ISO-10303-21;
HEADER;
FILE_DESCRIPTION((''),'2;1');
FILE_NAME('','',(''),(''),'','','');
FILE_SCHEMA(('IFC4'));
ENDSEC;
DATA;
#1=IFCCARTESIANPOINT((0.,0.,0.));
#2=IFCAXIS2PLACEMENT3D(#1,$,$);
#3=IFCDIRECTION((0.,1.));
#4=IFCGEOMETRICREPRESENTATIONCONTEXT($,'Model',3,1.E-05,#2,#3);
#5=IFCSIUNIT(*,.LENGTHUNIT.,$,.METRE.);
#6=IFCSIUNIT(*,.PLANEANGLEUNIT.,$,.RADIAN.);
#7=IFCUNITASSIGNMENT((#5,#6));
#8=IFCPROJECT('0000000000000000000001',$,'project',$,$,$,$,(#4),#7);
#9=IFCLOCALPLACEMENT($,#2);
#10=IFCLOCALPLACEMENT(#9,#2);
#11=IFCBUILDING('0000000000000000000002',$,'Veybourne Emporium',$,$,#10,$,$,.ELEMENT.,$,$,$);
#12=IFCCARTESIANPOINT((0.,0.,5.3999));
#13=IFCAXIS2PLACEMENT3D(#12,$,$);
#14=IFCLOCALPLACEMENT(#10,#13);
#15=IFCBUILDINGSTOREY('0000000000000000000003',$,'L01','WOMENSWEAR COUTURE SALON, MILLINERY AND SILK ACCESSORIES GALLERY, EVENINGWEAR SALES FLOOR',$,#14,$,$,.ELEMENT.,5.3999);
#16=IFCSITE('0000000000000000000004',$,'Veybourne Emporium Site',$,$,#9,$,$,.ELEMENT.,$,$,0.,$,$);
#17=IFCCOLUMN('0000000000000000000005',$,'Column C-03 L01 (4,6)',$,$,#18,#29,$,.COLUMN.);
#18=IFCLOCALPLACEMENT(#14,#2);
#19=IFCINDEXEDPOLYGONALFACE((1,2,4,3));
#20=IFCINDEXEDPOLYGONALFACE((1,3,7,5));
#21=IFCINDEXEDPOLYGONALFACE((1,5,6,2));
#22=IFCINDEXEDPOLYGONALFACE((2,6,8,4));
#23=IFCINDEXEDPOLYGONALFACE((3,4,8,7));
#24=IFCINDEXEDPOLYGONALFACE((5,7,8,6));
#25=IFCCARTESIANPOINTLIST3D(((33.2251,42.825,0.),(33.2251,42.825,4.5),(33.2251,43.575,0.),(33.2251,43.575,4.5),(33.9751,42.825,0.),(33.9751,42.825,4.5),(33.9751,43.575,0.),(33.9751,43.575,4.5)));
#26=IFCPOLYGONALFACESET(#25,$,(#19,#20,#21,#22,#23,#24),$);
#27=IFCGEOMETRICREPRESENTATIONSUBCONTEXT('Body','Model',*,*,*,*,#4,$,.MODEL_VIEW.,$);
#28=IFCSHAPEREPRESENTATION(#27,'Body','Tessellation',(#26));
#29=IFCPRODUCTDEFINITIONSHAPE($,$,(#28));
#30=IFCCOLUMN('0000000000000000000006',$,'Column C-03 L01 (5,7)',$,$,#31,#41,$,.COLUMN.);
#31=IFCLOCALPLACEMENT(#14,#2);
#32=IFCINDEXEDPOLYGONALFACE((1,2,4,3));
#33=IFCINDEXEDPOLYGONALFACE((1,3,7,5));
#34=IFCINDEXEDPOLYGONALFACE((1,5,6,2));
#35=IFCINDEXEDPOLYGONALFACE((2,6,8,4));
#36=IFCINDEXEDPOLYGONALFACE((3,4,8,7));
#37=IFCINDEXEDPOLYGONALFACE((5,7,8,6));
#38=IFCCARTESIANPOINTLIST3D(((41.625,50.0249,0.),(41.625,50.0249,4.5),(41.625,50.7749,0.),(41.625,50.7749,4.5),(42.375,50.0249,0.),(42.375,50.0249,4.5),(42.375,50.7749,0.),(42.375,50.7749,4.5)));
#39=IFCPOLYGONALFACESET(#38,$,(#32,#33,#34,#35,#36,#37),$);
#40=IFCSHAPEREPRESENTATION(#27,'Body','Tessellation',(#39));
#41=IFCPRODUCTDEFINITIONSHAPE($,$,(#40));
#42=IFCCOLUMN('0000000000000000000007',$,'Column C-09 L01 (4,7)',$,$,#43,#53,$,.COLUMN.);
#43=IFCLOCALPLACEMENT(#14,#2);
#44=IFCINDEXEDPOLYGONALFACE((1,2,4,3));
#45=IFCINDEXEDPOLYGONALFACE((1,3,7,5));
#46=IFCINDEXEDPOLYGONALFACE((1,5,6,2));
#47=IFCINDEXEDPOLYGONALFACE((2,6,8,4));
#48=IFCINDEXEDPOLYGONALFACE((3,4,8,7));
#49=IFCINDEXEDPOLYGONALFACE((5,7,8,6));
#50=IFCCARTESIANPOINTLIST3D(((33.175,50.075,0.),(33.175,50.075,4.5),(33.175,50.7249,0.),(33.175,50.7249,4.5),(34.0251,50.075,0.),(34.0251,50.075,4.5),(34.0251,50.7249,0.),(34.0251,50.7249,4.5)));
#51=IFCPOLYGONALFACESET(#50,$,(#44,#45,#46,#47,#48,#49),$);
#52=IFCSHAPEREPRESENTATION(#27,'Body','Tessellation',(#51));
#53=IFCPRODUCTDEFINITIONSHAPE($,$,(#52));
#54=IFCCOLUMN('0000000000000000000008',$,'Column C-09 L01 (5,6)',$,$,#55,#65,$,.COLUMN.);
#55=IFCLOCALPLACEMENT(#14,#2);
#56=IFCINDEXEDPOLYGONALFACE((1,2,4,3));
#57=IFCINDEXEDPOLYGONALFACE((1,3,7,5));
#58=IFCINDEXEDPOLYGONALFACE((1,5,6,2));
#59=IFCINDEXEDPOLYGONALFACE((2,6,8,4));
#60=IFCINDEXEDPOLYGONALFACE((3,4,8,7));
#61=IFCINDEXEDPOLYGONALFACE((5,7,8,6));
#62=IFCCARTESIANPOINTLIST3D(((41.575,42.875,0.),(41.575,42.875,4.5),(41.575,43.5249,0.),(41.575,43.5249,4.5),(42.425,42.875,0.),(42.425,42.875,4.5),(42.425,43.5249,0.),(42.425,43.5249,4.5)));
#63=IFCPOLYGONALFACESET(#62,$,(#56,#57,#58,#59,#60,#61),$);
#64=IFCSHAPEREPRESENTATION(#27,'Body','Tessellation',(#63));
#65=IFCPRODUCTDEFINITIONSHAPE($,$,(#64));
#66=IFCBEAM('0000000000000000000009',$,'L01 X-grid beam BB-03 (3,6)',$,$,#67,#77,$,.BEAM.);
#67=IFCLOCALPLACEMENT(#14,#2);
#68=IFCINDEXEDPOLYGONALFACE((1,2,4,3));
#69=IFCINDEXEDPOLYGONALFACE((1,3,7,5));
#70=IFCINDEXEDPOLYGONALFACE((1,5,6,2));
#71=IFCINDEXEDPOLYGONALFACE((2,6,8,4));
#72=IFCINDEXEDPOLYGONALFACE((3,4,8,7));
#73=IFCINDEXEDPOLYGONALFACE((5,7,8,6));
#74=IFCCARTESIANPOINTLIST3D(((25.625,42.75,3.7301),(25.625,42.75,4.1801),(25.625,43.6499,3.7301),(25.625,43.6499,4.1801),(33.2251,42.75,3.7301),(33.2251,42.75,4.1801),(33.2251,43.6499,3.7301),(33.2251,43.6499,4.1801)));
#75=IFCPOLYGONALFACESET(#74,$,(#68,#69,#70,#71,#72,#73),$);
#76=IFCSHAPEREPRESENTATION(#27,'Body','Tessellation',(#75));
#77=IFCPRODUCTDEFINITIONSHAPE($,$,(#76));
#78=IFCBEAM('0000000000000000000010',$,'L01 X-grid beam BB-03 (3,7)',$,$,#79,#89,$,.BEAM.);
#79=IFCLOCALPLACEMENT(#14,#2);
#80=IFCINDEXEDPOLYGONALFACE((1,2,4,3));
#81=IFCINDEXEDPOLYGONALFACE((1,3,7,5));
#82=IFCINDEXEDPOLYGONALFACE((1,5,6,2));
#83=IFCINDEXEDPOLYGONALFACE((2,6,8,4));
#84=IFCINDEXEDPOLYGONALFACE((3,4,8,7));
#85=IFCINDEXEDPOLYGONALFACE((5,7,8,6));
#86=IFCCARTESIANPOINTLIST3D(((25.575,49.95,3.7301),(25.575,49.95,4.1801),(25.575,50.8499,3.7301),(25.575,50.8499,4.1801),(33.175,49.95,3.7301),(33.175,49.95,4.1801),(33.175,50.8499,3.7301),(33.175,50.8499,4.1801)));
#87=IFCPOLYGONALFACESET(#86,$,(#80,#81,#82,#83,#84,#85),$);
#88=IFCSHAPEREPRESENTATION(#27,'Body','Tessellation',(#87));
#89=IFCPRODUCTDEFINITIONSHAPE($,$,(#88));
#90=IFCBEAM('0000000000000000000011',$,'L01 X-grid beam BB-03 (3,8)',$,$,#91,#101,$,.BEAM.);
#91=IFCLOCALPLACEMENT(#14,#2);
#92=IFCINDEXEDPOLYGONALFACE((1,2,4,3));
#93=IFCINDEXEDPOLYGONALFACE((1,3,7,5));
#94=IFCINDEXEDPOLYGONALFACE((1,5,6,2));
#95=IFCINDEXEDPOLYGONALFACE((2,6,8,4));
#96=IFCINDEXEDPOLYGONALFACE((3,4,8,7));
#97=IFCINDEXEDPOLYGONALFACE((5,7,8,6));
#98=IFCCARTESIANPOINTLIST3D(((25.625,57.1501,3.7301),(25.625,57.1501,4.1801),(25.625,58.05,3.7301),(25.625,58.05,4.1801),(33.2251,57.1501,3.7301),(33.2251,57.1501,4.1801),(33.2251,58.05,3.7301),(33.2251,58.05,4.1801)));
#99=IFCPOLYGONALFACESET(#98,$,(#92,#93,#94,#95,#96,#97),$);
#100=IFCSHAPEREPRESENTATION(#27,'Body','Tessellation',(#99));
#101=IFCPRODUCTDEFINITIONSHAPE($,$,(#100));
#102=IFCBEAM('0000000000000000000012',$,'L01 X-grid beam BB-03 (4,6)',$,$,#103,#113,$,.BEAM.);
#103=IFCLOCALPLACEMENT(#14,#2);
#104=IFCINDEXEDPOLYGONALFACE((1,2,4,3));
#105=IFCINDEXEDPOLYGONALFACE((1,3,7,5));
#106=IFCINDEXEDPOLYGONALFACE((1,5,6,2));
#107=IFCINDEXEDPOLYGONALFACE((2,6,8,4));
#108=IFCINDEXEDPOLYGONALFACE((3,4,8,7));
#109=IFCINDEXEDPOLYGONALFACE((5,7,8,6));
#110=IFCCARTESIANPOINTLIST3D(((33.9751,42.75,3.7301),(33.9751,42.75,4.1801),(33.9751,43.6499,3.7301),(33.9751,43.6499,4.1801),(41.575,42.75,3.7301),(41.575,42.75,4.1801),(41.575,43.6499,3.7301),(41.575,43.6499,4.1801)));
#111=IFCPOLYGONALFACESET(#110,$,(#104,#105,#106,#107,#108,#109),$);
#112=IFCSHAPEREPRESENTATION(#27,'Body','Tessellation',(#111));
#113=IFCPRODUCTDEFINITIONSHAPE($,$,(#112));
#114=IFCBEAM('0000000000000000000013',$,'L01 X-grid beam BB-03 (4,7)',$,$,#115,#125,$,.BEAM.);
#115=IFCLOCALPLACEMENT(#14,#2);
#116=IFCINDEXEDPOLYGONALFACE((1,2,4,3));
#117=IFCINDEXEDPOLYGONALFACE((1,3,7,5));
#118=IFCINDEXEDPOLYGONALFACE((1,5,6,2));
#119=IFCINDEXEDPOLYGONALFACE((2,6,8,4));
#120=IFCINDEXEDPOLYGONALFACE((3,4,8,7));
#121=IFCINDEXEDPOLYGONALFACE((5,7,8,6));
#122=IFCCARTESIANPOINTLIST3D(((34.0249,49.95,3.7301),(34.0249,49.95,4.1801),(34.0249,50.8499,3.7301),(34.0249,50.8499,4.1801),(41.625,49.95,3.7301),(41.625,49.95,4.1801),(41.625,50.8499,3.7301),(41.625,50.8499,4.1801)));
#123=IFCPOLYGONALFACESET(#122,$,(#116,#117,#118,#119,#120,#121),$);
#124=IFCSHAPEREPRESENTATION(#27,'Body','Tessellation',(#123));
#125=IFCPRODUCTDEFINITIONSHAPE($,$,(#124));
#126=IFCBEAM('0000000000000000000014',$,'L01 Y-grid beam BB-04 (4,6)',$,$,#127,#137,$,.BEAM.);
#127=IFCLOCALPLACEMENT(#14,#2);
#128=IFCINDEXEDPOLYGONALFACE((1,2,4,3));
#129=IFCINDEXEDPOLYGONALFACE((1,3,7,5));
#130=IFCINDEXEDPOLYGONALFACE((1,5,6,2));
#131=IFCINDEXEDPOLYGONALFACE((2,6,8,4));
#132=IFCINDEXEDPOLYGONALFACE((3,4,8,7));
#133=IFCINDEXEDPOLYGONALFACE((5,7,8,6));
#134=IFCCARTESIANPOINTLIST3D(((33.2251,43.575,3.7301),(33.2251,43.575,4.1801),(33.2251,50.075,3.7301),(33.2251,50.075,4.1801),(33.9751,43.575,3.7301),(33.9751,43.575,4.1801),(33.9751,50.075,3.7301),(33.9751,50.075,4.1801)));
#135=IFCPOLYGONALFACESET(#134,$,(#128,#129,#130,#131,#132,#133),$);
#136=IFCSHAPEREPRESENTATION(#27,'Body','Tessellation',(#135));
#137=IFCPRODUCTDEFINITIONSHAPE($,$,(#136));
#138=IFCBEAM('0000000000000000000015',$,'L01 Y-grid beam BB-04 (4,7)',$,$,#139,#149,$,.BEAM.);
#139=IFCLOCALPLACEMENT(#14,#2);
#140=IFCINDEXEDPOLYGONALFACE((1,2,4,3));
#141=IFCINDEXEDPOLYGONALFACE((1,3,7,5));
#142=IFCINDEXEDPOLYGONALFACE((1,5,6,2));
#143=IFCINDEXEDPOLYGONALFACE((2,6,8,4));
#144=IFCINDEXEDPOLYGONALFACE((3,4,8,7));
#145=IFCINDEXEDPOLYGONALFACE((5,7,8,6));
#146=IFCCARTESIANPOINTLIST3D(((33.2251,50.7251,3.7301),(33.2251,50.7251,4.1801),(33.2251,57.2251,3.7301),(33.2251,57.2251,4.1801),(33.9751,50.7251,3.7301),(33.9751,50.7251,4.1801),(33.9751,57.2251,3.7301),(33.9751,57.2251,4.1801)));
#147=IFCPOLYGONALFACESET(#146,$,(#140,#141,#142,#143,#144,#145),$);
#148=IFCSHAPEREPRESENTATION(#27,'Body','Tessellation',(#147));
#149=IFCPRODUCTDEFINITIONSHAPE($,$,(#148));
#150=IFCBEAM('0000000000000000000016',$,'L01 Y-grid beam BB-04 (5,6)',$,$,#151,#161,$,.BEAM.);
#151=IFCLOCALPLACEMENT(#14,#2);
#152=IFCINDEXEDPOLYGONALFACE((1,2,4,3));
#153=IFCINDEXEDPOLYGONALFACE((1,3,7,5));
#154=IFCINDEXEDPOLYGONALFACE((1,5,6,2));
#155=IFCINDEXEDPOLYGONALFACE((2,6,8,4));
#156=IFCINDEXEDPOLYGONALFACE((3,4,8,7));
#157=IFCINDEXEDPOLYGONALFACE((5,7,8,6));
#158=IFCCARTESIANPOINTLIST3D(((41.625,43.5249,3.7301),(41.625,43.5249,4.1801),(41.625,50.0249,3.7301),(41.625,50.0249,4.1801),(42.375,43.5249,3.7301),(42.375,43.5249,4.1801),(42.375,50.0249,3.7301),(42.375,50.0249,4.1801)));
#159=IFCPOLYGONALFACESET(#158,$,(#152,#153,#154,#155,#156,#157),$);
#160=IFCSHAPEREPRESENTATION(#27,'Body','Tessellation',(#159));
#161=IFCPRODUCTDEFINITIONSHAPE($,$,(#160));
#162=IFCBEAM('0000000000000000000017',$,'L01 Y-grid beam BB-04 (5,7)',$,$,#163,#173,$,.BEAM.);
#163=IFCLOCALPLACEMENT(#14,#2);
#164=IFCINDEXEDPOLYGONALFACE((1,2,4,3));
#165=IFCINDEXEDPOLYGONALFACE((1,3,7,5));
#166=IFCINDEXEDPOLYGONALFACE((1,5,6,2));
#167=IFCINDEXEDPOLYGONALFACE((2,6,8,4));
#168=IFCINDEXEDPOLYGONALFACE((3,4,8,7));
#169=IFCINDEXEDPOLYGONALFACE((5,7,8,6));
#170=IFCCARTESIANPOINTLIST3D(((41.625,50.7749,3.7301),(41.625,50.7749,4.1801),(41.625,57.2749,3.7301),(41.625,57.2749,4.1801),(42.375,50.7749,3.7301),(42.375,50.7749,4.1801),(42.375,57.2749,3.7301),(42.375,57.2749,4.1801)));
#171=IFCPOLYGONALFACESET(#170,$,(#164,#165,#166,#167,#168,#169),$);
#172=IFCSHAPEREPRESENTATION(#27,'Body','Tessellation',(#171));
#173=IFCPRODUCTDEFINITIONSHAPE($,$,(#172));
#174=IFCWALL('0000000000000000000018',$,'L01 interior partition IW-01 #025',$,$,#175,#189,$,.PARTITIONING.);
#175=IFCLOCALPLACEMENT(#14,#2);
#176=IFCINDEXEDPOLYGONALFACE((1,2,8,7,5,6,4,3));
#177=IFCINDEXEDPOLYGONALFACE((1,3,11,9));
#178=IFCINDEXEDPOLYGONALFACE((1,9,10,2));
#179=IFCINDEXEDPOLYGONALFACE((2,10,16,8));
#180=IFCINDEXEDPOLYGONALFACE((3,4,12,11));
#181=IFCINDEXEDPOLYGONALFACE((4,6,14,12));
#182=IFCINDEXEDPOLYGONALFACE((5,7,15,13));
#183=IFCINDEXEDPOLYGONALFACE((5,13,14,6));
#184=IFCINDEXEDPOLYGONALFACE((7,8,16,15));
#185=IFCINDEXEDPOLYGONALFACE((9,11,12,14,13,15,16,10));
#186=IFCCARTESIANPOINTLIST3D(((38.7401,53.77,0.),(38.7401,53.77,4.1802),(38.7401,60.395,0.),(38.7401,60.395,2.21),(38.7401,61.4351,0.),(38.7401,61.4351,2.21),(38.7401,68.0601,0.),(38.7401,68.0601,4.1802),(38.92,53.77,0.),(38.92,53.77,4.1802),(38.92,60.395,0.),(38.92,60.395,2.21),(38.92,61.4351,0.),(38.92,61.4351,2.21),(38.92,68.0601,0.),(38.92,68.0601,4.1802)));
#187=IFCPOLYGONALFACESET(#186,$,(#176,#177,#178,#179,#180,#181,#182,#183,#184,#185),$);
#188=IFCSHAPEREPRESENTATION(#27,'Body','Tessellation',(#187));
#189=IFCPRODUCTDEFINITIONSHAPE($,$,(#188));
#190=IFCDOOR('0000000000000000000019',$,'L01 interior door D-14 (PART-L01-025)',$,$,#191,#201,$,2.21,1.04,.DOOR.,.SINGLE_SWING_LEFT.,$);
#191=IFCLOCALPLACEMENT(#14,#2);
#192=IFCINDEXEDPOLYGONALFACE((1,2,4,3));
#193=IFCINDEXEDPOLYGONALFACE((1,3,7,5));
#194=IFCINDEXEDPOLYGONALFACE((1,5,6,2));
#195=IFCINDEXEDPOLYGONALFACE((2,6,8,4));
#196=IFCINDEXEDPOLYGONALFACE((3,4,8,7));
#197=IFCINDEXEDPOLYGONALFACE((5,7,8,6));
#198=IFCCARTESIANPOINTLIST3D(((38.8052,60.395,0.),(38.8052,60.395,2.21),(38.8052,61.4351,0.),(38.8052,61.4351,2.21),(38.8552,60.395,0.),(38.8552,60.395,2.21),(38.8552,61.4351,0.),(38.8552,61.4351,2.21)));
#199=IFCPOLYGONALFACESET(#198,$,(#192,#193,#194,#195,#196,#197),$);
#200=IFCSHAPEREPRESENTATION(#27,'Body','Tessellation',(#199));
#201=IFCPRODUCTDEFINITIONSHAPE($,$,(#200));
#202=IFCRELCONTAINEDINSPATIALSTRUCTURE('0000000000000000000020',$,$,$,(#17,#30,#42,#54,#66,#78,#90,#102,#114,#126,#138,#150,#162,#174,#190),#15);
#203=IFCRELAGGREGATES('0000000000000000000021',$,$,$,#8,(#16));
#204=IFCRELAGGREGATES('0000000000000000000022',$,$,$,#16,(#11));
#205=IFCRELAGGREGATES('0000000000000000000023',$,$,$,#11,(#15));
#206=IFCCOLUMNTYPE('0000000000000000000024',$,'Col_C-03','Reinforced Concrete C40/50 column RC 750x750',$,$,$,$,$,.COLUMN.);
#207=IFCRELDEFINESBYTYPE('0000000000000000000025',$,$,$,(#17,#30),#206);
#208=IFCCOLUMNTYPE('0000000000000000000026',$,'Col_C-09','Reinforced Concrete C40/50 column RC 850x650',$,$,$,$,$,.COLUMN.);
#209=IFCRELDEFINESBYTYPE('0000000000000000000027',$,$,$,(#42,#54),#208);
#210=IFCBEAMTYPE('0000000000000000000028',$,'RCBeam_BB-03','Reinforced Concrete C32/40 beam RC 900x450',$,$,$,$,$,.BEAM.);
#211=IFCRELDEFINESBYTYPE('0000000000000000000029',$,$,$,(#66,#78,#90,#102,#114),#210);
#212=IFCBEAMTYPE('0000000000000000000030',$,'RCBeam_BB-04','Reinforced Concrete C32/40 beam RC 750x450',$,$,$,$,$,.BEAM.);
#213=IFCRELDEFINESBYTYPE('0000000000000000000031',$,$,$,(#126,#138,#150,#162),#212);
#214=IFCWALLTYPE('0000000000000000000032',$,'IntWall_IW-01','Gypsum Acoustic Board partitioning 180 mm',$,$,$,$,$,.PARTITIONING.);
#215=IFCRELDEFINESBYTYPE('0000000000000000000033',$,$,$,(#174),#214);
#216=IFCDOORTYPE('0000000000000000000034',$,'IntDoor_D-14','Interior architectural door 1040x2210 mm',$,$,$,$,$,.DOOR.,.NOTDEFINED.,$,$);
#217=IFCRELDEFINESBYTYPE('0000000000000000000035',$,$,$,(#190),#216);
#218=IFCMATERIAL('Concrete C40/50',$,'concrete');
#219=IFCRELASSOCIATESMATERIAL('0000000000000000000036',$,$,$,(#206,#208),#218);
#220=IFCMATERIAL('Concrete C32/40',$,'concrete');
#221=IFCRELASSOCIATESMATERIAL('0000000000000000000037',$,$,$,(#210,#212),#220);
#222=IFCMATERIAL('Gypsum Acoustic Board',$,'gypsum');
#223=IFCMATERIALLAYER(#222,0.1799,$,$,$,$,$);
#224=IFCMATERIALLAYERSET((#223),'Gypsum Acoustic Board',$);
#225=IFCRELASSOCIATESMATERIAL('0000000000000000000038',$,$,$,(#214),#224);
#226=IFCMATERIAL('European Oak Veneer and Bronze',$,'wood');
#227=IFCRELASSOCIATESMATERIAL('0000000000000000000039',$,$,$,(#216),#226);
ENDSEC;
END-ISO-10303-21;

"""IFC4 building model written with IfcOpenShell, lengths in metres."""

from ifc_helpers import new_model, si_unit, direction, frame, frame_2d, origin, origin_2d, place, context, subcontext, project, spatial, rectangle, extrude, material, layer, layer_set, material_profile, profile_set, type_object, element, fill, save


model = new_model("IFC4")

# Units and contexts
model_context = context("Model", 3, precision=1e-05, world=origin(), true_north=direction((0.0, 1.0)))
body_context = subcontext(model_context, "Body", "Model", "MODEL_VIEW")
ifc_project = project(units=[si_unit("LENGTHUNIT", "METRE"), si_unit("PLANEANGLEUNIT", "RADIAN")], contexts=[model_context])

# Site, building, storey
site_placement = place(None, origin())
site = spatial("IfcSite", under=ifc_project, at=site_placement, Name="Veybourne Emporium Site", CompositionType="ELEMENT", RefElevation=0.0)
building_placement = place(site_placement, origin())
building = spatial("IfcBuilding", under=site, at=building_placement, Name="Veybourne Emporium", CompositionType="ELEMENT")
storey_placement = place(building_placement, frame((0.0, 0.0, 5.3999)))
storey = spatial("IfcBuildingStorey", under=building, at=storey_placement, Name="L01", Description="WOMENSWEAR COUTURE SALON, MILLINERY AND SILK ACCESSORIES GALLERY, EVENINGWEAR SALES FLOOR", CompositionType="ELEMENT", Elevation=5.3999)

# Columns
ifc_material_1 = material(Name="Concrete C40/50", Category="concrete")
ifc_material_profile_1 = material_profile(ifc_material_1, rectangle(XDim=0.75, YDim=0.75, at=origin_2d()), Name="RC 750x750")
ifc_profile_set_1 = profile_set([ifc_material_profile_1], Name="Concrete C40/50")
column_type_1 = type_object("IfcColumnType", Name="Col_C-03", Description="Reinforced Concrete C40/50 column RC 750x750", PredefinedType="COLUMN", material=ifc_profile_set_1)
for number, where, z_axis, x_axis, name in (
    (1, (33.6001, 43.2, 0.0), (0.0, 0.0, 1.0), (1.0, 0.0, 0.0), "Column C-03 L01 (4,6)"),
    (2, (42.0, 50.3999, 0.0), (0.0, 0.0, 1.0), (1.0, 0.0, 0.0), "Column C-03 L01 (5,7)"),
):
    element("IfcColumn", number, at=place(storey_placement, frame(where, z_axis=z_axis, x_axis=x_axis)), inside=storey, type_object=column_type_1, Name=name, PredefinedType="COLUMN", context=body_context, shape_type="SweptSolid", body=[
        extrude(rectangle(XDim=0.75, YDim=0.75, at=origin_2d()), origin(), (0.0, 0.0, 1.0), 4.5),
    ])
ifc_material_profile_2 = material_profile(ifc_material_1, rectangle(XDim=0.8501, YDim=0.6499, at=origin_2d()), Name="RC 850x650")
ifc_profile_set_2 = profile_set([ifc_material_profile_2], Name="Concrete C40/50")
column_type_2 = type_object("IfcColumnType", Name="Col_C-09", Description="Reinforced Concrete C40/50 column RC 850x650", PredefinedType="COLUMN", material=ifc_profile_set_2)
for number, where, z_axis, x_axis, name in (
    (3, (33.6001, 50.3999, 0.0), (0.0, 0.0, 1.0), (1.0, 0.0, 0.0), "Column C-09 L01 (4,7)"),
    (4, (42.0, 43.2, 0.0), (0.0, 0.0, 1.0), (1.0, 0.0, 0.0), "Column C-09 L01 (5,6)"),
):
    element("IfcColumn", number, at=place(storey_placement, frame(where, z_axis=z_axis, x_axis=x_axis)), inside=storey, type_object=column_type_2, Name=name, PredefinedType="COLUMN", context=body_context, shape_type="SweptSolid", body=[
        extrude(rectangle(XDim=0.8501, YDim=0.6499, at=origin_2d()), origin(), (0.0, 0.0, 1.0), 4.5),
    ])

# Beams
ifc_material_2 = material(Name="Concrete C32/40", Category="concrete")
ifc_material_profile_3 = material_profile(ifc_material_2, rectangle(XDim=0.8999, YDim=0.45, at=origin_2d()), Name="RC 900x450")
ifc_profile_set_3 = profile_set([ifc_material_profile_3], Name="Concrete C32/40")
beam_type_1 = type_object("IfcBeamType", Name="RCBeam_BB-03", Description="Reinforced Concrete C32/40 beam RC 900x450", PredefinedType="BEAM", material=ifc_profile_set_3)
for number, where, z_axis, x_axis, name in (
    (5, (25.625, 43.2, 3.9551), (1.0, 0.0, 0.0), (0.0, 1.0, 0.0), "L01 X-grid beam BB-03 (3,6)"),
    (6, (25.575, 50.3999, 3.9551), (1.0, 0.0, 0.0), (0.0, 1.0, 0.0), "L01 X-grid beam BB-03 (3,7)"),
    (7, (25.625, 57.6001, 3.9551), (1.0, 0.0, 0.0), (0.0, 1.0, 0.0), "L01 X-grid beam BB-03 (3,8)"),
):
    element("IfcBeam", number, at=place(storey_placement, frame(where, z_axis=z_axis, x_axis=x_axis)), inside=storey, type_object=beam_type_1, Name=name, PredefinedType="BEAM", context=body_context, shape_type="SweptSolid", body=[
        extrude(rectangle(XDim=0.8999, YDim=0.45, at=origin_2d()), origin(), (0.0, 0.0, 1.0), 7.6001),
    ])
beam_1_placement = place(storey_placement, frame((33.9751, 43.2, 3.9551), z_axis=(1.0, 0.0, 0.0), x_axis=(0.0, 1.0, 0.0)))
element("IfcBeam", 8, at=beam_1_placement, inside=storey, type_object=beam_type_1, Name="L01 X-grid beam BB-03 (4,6)", PredefinedType="BEAM", context=body_context, shape_type="SweptSolid", body=[
    extrude(rectangle(XDim=0.8999, YDim=0.45, at=origin_2d()), origin(), (0.0, 0.0, 1.0), 7.5999),
])
beam_2_placement = place(storey_placement, frame((34.0249, 50.3999, 3.9551), z_axis=(1.0, 0.0, 0.0), x_axis=(0.0, 1.0, 0.0)))
element("IfcBeam", 9, at=beam_2_placement, inside=storey, type_object=beam_type_1, Name="L01 X-grid beam BB-03 (4,7)", PredefinedType="BEAM", context=body_context, shape_type="SweptSolid", body=[
    extrude(rectangle(XDim=0.8999, YDim=0.45, at=origin_2d()), origin(), (0.0, 0.0, 1.0), 7.6001),
])
ifc_material_profile_4 = material_profile(ifc_material_2, rectangle(XDim=0.75, YDim=0.45, at=origin_2d()), Name="RC 750x450")
ifc_profile_set_4 = profile_set([ifc_material_profile_4], Name="Concrete C32/40")
beam_type_2 = type_object("IfcBeamType", Name="RCBeam_BB-04", Description="Reinforced Concrete C32/40 beam RC 750x450", PredefinedType="BEAM", material=ifc_profile_set_4)
for number, where, z_axis, x_axis, name in (
    (10, (33.6001, 43.575, 3.9551), (0.0, 1.0, 0.0), (-1.0, 0.0, 0.0), "L01 Y-grid beam BB-04 (4,6)"),
    (11, (33.6001, 50.7251, 3.9551), (0.0, 1.0, 0.0), (-1.0, 0.0, 0.0), "L01 Y-grid beam BB-04 (4,7)"),
    (12, (42.0, 43.5249, 3.9551), (0.0, 1.0, 0.0), (-1.0, 0.0, 0.0), "L01 Y-grid beam BB-04 (5,6)"),
    (13, (42.0, 50.7749, 3.9551), (0.0, 1.0, 0.0), (-1.0, 0.0, 0.0), "L01 Y-grid beam BB-04 (5,7)"),
):
    element("IfcBeam", number, at=place(storey_placement, frame(where, z_axis=z_axis, x_axis=x_axis)), inside=storey, type_object=beam_type_2, Name=name, PredefinedType="BEAM", context=body_context, shape_type="SweptSolid", body=[
        extrude(rectangle(XDim=0.75, YDim=0.45, at=origin_2d()), origin(), (0.0, 0.0, 1.0), 6.5),
    ])

# Wall, opening, door
ifc_material_3 = material(Name="Gypsum Acoustic Board", Category="gypsum")
ifc_layer_1 = layer(ifc_material_3, 0.1799)
ifc_layer_set_1 = layer_set([ifc_layer_1], Name="Gypsum Acoustic Board")
wall_type_1 = type_object("IfcWallType", Name="IntWall_IW-01", Description="Gypsum Acoustic Board partitioning 180 mm", PredefinedType="PARTITIONING", material=ifc_layer_set_1)
wall_1_placement = place(storey_placement, frame((38.8301, 53.77, 0.0), z_axis=(0.0, 0.0, 1.0), x_axis=(0.0, 1.0, 0.0)))
wall_1 = element("IfcWall", 14, at=wall_1_placement, inside=storey, type_object=wall_type_1, Name="L01 interior partition IW-01 #025", PredefinedType="PARTITIONING", context=body_context, shape_type="SweptSolid", body=[
    extrude(rectangle(XDim=14.29, YDim=0.1799, at=frame_2d((7.145, 0.0))), origin(), (0.0, 0.0, 1.0), 4.1802),
])
opening_1_placement = place(wall_1_placement, frame((6.625, 0.0, 0.0)))
opening_1 = element("IfcOpeningElement", 15, at=opening_1_placement, cuts=wall_1, PredefinedType="OPENING", context=body_context, shape_type="SweptSolid", body=[
    extrude(rectangle(XDim=1.04, YDim=2.21, at=frame_2d((0.52, 1.105))), frame((0.0, 0.1099, 0.0), z_axis=(0.0, -1.0, 0.0), x_axis=(1.0, 0.0, 0.0)), (0.0, 0.0, 1.0), 0.22),
])
ifc_material_4 = material(Name="European Oak Veneer and Bronze", Category="wood")
door_type_1 = type_object("IfcDoorType", Name="IntDoor_D-14", Description="Interior architectural door 1040x2210 mm", OperationType="NOTDEFINED", PredefinedType="DOOR", material=ifc_material_4)
door_1_placement = place(opening_1_placement, origin())
door_1 = element("IfcDoor", 16, at=door_1_placement, inside=storey, type_object=door_type_1, Name="L01 interior door D-14 (PART-L01-025)", OperationType="SINGLE_SWING_LEFT", OverallHeight=2.21, OverallWidth=1.04, PredefinedType="DOOR", context=body_context, shape_type="SweptSolid", body=[
    extrude(rectangle(XDim=1.04, YDim=2.21, at=frame_2d((0.52, 1.105))), frame((0.0, 0.0249, 0.0), z_axis=(0.0, -1.0, 0.0), x_axis=(1.0, 0.0, 0.0)), (0.0, 0.0, 1.0), 0.05),
])
fill(opening_1, door_1)

save(model, "model.ifc")
